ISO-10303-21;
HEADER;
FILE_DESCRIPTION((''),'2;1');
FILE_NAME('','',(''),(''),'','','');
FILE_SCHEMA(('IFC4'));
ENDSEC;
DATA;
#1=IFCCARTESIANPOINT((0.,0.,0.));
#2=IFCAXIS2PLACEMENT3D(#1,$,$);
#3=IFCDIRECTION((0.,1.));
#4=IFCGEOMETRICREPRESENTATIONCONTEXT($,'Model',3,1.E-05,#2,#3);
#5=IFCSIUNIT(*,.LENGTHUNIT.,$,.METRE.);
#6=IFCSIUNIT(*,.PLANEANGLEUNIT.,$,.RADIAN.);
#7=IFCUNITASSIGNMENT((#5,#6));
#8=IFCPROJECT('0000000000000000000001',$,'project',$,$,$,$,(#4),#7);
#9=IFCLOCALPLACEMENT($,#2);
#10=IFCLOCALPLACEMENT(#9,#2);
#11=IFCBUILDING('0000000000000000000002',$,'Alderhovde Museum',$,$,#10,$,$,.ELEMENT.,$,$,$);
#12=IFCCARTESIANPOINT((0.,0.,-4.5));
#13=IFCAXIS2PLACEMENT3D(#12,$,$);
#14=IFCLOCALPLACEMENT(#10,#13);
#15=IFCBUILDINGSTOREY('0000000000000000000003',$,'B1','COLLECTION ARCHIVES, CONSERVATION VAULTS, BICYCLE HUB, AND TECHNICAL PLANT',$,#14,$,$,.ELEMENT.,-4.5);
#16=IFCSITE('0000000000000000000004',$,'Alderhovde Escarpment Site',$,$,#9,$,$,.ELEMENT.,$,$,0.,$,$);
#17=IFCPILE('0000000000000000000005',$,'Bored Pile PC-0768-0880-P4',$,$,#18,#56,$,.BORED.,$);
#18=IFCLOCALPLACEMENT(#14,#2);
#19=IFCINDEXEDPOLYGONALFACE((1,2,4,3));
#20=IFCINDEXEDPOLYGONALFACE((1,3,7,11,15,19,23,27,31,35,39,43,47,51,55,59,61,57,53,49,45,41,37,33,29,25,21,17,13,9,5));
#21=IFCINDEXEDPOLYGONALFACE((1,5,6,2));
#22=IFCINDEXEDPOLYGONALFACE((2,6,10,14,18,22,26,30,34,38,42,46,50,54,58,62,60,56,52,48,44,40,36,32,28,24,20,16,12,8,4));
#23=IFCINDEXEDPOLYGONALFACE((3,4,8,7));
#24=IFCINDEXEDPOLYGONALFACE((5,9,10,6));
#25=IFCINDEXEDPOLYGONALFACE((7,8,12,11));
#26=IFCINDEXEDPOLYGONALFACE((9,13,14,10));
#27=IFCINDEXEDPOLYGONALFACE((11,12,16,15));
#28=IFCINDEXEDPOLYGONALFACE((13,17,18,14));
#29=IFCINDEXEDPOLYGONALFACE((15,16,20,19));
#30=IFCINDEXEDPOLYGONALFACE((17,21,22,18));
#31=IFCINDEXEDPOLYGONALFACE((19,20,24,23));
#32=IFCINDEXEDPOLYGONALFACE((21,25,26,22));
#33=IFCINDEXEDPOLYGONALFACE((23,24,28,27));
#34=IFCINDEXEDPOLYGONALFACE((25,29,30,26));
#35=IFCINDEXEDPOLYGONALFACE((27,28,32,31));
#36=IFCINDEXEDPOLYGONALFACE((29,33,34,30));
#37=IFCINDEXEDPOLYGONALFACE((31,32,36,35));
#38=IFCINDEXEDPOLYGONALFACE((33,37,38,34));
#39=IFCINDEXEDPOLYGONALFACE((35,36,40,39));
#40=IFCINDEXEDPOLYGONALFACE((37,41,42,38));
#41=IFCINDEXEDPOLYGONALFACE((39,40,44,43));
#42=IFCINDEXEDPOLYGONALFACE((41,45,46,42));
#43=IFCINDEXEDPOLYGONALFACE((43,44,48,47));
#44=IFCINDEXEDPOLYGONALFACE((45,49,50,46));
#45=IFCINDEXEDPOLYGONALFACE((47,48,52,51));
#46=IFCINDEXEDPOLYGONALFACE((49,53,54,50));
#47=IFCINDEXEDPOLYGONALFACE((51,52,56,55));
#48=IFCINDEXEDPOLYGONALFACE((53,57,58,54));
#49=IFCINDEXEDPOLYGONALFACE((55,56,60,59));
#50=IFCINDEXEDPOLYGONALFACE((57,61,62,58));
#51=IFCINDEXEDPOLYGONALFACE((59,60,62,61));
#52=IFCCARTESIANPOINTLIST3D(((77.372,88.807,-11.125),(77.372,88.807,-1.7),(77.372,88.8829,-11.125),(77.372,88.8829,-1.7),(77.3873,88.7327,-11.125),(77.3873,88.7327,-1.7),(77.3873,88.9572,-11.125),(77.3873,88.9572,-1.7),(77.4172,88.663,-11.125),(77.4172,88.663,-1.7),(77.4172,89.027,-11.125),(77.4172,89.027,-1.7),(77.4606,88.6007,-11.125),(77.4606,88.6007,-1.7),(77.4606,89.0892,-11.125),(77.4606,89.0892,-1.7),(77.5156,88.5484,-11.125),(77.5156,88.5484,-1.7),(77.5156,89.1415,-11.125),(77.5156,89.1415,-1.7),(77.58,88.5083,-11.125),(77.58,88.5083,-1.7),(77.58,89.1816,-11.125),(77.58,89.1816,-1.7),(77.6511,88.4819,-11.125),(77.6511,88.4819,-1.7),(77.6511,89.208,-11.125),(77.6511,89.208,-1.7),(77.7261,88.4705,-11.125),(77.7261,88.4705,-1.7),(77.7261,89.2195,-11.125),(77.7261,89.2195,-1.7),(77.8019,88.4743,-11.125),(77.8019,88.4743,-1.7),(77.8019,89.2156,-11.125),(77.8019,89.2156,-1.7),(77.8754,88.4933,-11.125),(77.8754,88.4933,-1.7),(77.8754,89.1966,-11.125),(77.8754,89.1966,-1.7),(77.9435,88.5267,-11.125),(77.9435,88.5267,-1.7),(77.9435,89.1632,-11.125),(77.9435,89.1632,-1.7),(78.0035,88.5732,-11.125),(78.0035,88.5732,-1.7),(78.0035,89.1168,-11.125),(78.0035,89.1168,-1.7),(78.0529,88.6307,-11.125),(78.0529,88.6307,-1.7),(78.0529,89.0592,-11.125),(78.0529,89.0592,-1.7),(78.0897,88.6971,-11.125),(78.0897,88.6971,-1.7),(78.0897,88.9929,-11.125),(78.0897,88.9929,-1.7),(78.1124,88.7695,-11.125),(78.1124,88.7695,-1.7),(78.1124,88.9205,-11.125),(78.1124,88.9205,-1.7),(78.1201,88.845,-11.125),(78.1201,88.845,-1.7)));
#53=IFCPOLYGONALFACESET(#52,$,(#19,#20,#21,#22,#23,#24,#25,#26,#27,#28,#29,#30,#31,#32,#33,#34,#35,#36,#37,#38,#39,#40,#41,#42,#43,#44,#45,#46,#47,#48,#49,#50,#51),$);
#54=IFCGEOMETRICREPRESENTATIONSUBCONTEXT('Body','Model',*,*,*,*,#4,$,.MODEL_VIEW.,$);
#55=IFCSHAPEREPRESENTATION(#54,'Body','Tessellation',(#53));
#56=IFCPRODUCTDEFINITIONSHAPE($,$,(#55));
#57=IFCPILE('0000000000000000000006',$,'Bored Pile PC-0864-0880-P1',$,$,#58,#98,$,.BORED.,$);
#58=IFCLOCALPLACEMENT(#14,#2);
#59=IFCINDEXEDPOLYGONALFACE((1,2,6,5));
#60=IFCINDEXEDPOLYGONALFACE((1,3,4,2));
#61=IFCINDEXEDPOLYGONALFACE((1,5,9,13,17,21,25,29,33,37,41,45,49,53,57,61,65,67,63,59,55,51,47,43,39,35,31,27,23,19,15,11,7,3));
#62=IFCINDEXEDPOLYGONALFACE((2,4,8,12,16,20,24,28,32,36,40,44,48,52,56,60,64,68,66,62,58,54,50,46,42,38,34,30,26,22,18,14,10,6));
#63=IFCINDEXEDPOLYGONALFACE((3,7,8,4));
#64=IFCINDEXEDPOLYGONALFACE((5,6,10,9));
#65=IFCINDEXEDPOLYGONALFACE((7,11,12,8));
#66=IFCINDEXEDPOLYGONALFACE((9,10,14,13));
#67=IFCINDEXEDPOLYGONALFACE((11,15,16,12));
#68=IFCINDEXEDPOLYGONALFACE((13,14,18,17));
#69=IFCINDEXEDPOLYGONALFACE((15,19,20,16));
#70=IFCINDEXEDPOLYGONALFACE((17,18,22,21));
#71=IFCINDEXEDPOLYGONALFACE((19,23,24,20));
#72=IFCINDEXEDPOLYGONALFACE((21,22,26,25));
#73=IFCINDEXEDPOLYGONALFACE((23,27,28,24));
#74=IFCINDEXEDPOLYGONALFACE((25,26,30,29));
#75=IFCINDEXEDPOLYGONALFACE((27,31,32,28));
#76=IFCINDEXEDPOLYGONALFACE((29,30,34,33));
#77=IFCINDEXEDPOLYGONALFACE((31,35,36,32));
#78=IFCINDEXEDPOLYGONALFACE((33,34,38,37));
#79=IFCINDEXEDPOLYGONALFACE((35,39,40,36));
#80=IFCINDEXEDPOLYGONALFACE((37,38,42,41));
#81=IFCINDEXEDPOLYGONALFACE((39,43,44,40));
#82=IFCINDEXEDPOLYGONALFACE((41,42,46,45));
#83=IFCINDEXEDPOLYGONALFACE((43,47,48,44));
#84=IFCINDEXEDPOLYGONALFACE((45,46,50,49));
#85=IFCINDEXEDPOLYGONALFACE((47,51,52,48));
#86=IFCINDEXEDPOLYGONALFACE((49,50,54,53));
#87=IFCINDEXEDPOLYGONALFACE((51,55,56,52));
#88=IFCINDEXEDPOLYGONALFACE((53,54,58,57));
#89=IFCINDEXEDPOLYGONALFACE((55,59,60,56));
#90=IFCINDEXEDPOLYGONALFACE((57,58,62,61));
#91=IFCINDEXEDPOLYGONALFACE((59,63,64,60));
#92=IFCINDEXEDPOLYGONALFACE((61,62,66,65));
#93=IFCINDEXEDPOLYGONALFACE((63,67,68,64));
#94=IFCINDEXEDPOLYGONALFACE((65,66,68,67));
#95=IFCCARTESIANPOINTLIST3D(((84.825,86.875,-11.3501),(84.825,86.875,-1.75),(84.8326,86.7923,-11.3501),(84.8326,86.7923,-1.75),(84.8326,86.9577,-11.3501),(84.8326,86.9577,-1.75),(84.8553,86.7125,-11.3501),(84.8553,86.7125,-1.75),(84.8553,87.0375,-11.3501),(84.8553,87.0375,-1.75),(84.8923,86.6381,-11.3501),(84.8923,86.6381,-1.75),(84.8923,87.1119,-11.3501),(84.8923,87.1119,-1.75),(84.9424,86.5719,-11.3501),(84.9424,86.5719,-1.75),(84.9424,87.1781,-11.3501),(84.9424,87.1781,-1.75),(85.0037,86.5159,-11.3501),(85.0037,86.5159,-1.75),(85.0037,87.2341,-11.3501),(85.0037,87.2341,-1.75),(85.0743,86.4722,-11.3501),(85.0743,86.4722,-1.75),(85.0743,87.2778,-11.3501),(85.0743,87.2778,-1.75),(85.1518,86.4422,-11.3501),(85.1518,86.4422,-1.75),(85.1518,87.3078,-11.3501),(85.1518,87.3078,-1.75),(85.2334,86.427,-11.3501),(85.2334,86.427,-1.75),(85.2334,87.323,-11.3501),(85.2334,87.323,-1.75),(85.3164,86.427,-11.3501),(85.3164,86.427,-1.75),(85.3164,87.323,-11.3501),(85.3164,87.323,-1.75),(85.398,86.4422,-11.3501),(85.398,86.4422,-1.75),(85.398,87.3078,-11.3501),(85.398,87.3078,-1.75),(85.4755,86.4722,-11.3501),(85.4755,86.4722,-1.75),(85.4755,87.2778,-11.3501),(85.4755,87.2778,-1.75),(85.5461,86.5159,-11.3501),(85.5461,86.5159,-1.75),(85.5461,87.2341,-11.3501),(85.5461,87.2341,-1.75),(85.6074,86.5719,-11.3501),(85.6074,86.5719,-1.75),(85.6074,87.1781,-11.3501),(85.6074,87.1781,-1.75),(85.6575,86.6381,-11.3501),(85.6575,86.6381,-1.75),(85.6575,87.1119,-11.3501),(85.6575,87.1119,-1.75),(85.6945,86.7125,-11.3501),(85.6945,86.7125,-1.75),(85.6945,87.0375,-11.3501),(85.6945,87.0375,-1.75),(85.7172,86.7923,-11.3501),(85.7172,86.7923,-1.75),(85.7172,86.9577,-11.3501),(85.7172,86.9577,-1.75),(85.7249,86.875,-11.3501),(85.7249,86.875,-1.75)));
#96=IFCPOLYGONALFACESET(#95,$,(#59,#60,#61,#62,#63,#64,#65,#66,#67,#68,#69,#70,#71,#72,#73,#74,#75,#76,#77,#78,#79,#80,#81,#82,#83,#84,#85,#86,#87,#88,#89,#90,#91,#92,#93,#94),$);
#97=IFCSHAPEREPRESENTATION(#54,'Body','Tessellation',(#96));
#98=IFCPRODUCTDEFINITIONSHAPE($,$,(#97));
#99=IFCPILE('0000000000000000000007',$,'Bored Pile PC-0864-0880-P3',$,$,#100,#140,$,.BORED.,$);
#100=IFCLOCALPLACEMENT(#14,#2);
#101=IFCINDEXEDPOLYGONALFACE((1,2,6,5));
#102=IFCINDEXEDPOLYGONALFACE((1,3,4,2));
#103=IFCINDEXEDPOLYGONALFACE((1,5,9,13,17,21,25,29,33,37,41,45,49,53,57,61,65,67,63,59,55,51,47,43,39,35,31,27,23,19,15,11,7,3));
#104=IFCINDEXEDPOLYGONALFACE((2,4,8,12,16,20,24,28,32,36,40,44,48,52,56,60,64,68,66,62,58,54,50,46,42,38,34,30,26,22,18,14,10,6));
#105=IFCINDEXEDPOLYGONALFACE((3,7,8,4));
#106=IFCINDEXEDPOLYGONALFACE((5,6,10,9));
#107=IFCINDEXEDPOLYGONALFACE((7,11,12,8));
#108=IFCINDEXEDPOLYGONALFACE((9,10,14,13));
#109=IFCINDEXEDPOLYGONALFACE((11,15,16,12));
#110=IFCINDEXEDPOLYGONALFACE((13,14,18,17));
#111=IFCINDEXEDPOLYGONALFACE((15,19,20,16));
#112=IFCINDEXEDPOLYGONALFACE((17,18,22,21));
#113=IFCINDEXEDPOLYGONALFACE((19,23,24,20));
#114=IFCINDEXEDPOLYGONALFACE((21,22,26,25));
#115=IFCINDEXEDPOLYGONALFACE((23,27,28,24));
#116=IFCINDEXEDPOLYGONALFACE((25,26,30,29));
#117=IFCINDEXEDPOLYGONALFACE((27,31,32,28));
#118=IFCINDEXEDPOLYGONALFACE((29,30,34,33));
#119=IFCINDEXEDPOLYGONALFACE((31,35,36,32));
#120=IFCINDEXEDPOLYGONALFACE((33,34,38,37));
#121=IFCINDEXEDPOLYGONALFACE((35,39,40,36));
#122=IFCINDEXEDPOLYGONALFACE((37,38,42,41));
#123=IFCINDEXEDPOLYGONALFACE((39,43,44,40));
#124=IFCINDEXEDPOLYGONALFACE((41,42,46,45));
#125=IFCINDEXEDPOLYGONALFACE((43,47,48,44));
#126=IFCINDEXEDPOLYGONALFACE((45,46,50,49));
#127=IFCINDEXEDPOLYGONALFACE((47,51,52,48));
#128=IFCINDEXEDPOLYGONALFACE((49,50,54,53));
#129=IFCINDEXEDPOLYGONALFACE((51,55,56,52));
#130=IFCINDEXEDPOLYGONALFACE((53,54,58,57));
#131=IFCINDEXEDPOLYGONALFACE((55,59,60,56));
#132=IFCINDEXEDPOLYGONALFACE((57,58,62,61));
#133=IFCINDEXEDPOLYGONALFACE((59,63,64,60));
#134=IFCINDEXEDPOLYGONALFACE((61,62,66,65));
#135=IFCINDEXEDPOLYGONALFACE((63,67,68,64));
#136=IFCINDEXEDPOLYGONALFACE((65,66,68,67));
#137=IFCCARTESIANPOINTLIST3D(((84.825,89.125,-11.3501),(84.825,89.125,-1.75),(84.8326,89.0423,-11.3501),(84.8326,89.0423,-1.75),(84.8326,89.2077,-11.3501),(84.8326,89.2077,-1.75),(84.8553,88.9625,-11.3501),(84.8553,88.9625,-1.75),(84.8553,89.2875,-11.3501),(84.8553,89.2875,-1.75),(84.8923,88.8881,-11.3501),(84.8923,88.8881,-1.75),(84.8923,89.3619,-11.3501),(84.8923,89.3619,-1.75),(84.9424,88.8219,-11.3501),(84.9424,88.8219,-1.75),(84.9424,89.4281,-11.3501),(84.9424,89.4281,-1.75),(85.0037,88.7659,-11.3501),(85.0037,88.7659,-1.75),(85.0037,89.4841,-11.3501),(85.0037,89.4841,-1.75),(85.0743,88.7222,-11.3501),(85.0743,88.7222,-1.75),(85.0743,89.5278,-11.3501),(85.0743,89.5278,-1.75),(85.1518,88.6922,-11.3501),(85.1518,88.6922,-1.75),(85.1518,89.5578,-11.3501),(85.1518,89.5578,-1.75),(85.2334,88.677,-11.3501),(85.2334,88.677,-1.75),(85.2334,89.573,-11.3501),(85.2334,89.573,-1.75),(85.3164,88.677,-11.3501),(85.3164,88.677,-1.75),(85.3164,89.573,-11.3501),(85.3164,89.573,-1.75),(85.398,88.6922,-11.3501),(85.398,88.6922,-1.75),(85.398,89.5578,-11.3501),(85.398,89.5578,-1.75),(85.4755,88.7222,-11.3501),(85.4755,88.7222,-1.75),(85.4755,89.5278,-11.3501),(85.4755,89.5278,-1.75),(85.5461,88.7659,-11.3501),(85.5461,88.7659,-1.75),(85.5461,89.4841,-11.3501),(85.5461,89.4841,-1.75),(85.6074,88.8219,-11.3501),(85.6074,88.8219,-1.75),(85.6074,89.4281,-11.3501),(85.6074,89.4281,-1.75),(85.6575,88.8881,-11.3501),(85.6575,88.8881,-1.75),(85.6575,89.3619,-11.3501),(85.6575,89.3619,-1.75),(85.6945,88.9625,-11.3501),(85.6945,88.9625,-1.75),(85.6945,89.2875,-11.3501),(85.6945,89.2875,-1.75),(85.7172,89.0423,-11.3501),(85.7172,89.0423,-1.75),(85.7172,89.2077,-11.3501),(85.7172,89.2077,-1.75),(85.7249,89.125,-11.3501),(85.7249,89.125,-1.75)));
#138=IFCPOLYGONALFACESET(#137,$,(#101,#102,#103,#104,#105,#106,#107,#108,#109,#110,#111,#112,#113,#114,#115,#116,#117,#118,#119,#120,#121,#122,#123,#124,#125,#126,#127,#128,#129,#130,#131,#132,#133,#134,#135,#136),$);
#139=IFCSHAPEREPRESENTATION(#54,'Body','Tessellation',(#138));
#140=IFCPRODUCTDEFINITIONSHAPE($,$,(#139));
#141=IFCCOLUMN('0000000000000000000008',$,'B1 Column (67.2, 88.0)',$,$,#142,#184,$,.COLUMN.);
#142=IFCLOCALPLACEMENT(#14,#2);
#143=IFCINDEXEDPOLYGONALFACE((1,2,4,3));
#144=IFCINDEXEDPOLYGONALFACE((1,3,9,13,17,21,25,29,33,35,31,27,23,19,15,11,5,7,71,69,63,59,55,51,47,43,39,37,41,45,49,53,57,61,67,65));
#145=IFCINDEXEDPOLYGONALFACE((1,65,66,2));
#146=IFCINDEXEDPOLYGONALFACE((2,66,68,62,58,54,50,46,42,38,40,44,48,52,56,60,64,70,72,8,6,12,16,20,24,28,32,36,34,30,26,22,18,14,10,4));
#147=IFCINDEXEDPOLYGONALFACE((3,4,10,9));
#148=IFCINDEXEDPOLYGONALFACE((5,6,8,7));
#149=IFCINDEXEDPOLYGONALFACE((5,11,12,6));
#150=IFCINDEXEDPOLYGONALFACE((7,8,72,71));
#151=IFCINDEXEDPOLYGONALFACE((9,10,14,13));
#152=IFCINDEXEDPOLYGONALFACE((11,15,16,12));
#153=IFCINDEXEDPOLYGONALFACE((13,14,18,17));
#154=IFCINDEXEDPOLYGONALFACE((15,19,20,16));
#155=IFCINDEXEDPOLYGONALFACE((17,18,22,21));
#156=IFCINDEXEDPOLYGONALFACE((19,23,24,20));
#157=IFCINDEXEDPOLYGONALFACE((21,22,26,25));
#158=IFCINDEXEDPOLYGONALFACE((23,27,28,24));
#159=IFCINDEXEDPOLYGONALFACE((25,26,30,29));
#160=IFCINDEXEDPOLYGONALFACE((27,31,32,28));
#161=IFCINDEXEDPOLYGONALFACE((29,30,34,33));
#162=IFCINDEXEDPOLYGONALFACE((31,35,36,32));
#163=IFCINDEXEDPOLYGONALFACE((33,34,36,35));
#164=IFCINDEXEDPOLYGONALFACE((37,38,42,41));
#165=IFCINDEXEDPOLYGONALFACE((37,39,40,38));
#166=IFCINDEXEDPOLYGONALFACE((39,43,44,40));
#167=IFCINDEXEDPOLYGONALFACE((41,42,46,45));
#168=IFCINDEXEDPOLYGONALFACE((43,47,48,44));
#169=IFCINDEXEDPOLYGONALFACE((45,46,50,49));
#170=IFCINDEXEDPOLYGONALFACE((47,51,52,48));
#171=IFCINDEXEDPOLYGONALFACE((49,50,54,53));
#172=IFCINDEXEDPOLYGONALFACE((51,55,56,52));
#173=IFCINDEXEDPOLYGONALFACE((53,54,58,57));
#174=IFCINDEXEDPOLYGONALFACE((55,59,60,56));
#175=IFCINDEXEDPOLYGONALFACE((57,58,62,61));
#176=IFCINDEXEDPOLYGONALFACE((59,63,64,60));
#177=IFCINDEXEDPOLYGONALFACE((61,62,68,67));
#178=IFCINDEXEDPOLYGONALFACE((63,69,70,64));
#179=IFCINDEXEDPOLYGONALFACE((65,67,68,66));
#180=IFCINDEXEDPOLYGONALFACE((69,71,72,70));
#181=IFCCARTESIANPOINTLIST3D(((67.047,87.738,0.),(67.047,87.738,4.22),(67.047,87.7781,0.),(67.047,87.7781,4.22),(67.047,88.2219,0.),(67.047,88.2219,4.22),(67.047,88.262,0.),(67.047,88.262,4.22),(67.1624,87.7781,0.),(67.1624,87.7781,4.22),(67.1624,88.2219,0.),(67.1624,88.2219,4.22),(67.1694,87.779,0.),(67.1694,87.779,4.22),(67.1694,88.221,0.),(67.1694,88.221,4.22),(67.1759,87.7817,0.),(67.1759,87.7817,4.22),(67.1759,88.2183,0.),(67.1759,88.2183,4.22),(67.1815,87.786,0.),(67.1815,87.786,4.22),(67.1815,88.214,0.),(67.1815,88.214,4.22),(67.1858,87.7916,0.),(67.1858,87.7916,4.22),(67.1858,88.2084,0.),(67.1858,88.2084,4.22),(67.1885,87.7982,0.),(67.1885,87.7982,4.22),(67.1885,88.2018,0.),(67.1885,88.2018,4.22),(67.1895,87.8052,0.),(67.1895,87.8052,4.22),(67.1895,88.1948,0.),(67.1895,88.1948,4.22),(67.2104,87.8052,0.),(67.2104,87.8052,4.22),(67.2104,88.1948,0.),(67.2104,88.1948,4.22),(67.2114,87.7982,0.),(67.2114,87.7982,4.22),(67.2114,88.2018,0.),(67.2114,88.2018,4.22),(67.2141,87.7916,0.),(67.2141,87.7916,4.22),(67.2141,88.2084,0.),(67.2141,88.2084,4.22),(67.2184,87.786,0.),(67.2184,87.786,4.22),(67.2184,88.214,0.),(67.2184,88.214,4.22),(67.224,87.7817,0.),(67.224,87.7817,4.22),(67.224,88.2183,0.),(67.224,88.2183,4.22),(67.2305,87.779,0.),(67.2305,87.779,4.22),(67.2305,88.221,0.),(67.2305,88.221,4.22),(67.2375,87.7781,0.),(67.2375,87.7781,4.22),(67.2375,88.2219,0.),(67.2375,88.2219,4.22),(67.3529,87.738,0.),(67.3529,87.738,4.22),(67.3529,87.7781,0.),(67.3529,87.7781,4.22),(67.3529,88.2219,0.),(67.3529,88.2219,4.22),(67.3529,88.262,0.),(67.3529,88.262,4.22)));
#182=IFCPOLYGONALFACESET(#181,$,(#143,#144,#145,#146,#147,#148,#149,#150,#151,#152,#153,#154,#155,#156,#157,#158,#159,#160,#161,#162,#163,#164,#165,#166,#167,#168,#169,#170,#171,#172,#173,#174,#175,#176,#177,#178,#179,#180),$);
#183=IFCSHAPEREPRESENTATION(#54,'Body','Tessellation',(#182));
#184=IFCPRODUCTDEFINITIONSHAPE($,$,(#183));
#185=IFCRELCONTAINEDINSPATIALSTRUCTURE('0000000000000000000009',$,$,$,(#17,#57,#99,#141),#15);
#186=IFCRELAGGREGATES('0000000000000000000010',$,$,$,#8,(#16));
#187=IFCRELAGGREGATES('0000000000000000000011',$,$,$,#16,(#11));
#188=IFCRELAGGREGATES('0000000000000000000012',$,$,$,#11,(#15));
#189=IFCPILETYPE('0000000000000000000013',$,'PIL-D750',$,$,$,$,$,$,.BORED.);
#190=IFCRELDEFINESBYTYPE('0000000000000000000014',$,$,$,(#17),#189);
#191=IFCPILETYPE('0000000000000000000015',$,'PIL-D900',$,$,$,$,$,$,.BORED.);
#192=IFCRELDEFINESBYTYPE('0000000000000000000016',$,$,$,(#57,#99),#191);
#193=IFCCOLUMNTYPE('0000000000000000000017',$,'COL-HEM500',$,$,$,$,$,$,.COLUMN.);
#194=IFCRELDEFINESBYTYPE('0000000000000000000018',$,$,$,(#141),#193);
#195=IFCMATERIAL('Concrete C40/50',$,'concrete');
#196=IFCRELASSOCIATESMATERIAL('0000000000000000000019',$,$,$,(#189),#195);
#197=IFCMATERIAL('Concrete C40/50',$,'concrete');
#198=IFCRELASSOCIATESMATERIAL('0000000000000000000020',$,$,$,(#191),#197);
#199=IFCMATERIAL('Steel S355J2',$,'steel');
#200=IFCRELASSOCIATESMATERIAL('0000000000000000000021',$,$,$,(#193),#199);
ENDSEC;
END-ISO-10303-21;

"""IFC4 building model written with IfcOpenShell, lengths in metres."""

from ifc_helpers import new_model, si_unit, direction, frame, origin, origin_2d, place, context, subcontext, project, spatial, circle, i_section, extrude, material, material_profile, profile_set, type_object, element, save


model = new_model("IFC4")

# Units and contexts
model_context = context("Model", 3, precision=1e-05, world=origin(), true_north=direction((0.0, 1.0)))
body_context = subcontext(model_context, "Body", "Model", "MODEL_VIEW")
ifc_project = project(units=[si_unit("LENGTHUNIT", "METRE"), si_unit("PLANEANGLEUNIT", "RADIAN")], contexts=[model_context])

# Site, building, storey
site_placement = place(None, origin())
site = spatial("IfcSite", under=ifc_project, at=site_placement, Name="Alderhovde Escarpment Site", CompositionType="ELEMENT", RefElevation=0.0)
building_placement = place(site_placement, origin())
building = spatial("IfcBuilding", under=site, at=building_placement, Name="Alderhovde Museum", CompositionType="ELEMENT")
storey_placement = place(building_placement, frame((0.0, 0.0, -4.5)))
storey = spatial("IfcBuildingStorey", under=building, at=storey_placement, Name="B1", Description="COLLECTION ARCHIVES, CONSERVATION VAULTS, BICYCLE HUB, AND TECHNICAL PLANT", CompositionType="ELEMENT", Elevation=-4.5)

# Piles
ifc_material_1 = material(Name="Concrete C40/50", Category="concrete")
ifc_material_profile_1 = material_profile(ifc_material_1, circle(Radius=0.375, at=origin_2d()), Name="PILE-D750")
ifc_profile_set_1 = profile_set([ifc_material_profile_1], Name="Concrete C40/50")
pile_type_1 = type_object("IfcPileType", Name="PIL-D750", PredefinedType="BORED", material=ifc_profile_set_1)
for number, where, z_axis, x_axis, name in (
    (1, (77.7451, 88.845, -1.7), (0.0, 0.0, -1.0), (1.0, 0.0, 0.0), "Bored Pile PC-0768-0880-P4"),
):
    element("IfcPile", number, at=place(storey_placement, frame(where, z_axis=z_axis, x_axis=x_axis)), inside=storey, type_object=pile_type_1, Name=name, PredefinedType="BORED", context=body_context, shape_type="SweptSolid", body=[
        extrude(circle(Radius=0.375, at=origin_2d()), origin(), (0.0, 0.0, 1.0), 9.425),
    ])
ifc_material_2 = material(Name="Concrete C40/50", Category="concrete")
ifc_material_profile_2 = material_profile(ifc_material_2, circle(Radius=0.45, at=origin_2d()), Name="PILE-D900")
ifc_profile_set_2 = profile_set([ifc_material_profile_2], Name="Concrete C40/50")
pile_type_2 = type_object("IfcPileType", Name="PIL-D900", PredefinedType="BORED", material=ifc_profile_set_2)
for number, where, z_axis, x_axis, name in (
    (2, (85.2749, 86.875, -1.75), (0.0, 0.0, -1.0), (1.0, 0.0, 0.0), "Bored Pile PC-0864-0880-P1"),
    (3, (85.2749, 89.125, -1.75), (0.0, 0.0, -1.0), (1.0, 0.0, 0.0), "Bored Pile PC-0864-0880-P3"),
):
    element("IfcPile", number, at=place(storey_placement, frame(where, z_axis=z_axis, x_axis=x_axis)), inside=storey, type_object=pile_type_2, Name=name, PredefinedType="BORED", context=body_context, shape_type="SweptSolid", body=[
        extrude(circle(Radius=0.45, at=origin_2d()), origin(), (0.0, 0.0, 1.0), 9.6001),
    ])

# Column
ifc_material_3 = material(Name="Steel S355J2", Category="steel")
ifc_material_profile_3 = material_profile(ifc_material_3, i_section(OverallWidth=0.3059, OverallDepth=0.5239, WebThickness=0.021, FlangeThickness=0.04, FilletRadius=0.0271, at=origin_2d()), Name="HEM 500")
ifc_profile_set_3 = profile_set([ifc_material_profile_3], Name="Steel S355J2")
column_type = type_object("IfcColumnType", Name="COL-HEM500", PredefinedType="COLUMN", material=ifc_profile_set_3)
for number, where, z_axis, x_axis, name in (
    (4, (67.2, 88.0, 0.0), (0.0, 0.0, 1.0), (1.0, 0.0, 0.0), "B1 Column (67.2, 88.0)"),
):
    element("IfcColumn", number, at=place(storey_placement, frame(where, z_axis=z_axis, x_axis=x_axis)), inside=storey, type_object=column_type, Name=name, PredefinedType="COLUMN", context=body_context, shape_type="SweptSolid", body=[
        extrude(i_section(OverallWidth=0.3059, OverallDepth=0.5239, WebThickness=0.021, FlangeThickness=0.04, FilletRadius=0.0271, at=origin_2d()), origin(), (0.0, 0.0, 1.0), 4.22),
    ])

save(model, "model.ifc")
